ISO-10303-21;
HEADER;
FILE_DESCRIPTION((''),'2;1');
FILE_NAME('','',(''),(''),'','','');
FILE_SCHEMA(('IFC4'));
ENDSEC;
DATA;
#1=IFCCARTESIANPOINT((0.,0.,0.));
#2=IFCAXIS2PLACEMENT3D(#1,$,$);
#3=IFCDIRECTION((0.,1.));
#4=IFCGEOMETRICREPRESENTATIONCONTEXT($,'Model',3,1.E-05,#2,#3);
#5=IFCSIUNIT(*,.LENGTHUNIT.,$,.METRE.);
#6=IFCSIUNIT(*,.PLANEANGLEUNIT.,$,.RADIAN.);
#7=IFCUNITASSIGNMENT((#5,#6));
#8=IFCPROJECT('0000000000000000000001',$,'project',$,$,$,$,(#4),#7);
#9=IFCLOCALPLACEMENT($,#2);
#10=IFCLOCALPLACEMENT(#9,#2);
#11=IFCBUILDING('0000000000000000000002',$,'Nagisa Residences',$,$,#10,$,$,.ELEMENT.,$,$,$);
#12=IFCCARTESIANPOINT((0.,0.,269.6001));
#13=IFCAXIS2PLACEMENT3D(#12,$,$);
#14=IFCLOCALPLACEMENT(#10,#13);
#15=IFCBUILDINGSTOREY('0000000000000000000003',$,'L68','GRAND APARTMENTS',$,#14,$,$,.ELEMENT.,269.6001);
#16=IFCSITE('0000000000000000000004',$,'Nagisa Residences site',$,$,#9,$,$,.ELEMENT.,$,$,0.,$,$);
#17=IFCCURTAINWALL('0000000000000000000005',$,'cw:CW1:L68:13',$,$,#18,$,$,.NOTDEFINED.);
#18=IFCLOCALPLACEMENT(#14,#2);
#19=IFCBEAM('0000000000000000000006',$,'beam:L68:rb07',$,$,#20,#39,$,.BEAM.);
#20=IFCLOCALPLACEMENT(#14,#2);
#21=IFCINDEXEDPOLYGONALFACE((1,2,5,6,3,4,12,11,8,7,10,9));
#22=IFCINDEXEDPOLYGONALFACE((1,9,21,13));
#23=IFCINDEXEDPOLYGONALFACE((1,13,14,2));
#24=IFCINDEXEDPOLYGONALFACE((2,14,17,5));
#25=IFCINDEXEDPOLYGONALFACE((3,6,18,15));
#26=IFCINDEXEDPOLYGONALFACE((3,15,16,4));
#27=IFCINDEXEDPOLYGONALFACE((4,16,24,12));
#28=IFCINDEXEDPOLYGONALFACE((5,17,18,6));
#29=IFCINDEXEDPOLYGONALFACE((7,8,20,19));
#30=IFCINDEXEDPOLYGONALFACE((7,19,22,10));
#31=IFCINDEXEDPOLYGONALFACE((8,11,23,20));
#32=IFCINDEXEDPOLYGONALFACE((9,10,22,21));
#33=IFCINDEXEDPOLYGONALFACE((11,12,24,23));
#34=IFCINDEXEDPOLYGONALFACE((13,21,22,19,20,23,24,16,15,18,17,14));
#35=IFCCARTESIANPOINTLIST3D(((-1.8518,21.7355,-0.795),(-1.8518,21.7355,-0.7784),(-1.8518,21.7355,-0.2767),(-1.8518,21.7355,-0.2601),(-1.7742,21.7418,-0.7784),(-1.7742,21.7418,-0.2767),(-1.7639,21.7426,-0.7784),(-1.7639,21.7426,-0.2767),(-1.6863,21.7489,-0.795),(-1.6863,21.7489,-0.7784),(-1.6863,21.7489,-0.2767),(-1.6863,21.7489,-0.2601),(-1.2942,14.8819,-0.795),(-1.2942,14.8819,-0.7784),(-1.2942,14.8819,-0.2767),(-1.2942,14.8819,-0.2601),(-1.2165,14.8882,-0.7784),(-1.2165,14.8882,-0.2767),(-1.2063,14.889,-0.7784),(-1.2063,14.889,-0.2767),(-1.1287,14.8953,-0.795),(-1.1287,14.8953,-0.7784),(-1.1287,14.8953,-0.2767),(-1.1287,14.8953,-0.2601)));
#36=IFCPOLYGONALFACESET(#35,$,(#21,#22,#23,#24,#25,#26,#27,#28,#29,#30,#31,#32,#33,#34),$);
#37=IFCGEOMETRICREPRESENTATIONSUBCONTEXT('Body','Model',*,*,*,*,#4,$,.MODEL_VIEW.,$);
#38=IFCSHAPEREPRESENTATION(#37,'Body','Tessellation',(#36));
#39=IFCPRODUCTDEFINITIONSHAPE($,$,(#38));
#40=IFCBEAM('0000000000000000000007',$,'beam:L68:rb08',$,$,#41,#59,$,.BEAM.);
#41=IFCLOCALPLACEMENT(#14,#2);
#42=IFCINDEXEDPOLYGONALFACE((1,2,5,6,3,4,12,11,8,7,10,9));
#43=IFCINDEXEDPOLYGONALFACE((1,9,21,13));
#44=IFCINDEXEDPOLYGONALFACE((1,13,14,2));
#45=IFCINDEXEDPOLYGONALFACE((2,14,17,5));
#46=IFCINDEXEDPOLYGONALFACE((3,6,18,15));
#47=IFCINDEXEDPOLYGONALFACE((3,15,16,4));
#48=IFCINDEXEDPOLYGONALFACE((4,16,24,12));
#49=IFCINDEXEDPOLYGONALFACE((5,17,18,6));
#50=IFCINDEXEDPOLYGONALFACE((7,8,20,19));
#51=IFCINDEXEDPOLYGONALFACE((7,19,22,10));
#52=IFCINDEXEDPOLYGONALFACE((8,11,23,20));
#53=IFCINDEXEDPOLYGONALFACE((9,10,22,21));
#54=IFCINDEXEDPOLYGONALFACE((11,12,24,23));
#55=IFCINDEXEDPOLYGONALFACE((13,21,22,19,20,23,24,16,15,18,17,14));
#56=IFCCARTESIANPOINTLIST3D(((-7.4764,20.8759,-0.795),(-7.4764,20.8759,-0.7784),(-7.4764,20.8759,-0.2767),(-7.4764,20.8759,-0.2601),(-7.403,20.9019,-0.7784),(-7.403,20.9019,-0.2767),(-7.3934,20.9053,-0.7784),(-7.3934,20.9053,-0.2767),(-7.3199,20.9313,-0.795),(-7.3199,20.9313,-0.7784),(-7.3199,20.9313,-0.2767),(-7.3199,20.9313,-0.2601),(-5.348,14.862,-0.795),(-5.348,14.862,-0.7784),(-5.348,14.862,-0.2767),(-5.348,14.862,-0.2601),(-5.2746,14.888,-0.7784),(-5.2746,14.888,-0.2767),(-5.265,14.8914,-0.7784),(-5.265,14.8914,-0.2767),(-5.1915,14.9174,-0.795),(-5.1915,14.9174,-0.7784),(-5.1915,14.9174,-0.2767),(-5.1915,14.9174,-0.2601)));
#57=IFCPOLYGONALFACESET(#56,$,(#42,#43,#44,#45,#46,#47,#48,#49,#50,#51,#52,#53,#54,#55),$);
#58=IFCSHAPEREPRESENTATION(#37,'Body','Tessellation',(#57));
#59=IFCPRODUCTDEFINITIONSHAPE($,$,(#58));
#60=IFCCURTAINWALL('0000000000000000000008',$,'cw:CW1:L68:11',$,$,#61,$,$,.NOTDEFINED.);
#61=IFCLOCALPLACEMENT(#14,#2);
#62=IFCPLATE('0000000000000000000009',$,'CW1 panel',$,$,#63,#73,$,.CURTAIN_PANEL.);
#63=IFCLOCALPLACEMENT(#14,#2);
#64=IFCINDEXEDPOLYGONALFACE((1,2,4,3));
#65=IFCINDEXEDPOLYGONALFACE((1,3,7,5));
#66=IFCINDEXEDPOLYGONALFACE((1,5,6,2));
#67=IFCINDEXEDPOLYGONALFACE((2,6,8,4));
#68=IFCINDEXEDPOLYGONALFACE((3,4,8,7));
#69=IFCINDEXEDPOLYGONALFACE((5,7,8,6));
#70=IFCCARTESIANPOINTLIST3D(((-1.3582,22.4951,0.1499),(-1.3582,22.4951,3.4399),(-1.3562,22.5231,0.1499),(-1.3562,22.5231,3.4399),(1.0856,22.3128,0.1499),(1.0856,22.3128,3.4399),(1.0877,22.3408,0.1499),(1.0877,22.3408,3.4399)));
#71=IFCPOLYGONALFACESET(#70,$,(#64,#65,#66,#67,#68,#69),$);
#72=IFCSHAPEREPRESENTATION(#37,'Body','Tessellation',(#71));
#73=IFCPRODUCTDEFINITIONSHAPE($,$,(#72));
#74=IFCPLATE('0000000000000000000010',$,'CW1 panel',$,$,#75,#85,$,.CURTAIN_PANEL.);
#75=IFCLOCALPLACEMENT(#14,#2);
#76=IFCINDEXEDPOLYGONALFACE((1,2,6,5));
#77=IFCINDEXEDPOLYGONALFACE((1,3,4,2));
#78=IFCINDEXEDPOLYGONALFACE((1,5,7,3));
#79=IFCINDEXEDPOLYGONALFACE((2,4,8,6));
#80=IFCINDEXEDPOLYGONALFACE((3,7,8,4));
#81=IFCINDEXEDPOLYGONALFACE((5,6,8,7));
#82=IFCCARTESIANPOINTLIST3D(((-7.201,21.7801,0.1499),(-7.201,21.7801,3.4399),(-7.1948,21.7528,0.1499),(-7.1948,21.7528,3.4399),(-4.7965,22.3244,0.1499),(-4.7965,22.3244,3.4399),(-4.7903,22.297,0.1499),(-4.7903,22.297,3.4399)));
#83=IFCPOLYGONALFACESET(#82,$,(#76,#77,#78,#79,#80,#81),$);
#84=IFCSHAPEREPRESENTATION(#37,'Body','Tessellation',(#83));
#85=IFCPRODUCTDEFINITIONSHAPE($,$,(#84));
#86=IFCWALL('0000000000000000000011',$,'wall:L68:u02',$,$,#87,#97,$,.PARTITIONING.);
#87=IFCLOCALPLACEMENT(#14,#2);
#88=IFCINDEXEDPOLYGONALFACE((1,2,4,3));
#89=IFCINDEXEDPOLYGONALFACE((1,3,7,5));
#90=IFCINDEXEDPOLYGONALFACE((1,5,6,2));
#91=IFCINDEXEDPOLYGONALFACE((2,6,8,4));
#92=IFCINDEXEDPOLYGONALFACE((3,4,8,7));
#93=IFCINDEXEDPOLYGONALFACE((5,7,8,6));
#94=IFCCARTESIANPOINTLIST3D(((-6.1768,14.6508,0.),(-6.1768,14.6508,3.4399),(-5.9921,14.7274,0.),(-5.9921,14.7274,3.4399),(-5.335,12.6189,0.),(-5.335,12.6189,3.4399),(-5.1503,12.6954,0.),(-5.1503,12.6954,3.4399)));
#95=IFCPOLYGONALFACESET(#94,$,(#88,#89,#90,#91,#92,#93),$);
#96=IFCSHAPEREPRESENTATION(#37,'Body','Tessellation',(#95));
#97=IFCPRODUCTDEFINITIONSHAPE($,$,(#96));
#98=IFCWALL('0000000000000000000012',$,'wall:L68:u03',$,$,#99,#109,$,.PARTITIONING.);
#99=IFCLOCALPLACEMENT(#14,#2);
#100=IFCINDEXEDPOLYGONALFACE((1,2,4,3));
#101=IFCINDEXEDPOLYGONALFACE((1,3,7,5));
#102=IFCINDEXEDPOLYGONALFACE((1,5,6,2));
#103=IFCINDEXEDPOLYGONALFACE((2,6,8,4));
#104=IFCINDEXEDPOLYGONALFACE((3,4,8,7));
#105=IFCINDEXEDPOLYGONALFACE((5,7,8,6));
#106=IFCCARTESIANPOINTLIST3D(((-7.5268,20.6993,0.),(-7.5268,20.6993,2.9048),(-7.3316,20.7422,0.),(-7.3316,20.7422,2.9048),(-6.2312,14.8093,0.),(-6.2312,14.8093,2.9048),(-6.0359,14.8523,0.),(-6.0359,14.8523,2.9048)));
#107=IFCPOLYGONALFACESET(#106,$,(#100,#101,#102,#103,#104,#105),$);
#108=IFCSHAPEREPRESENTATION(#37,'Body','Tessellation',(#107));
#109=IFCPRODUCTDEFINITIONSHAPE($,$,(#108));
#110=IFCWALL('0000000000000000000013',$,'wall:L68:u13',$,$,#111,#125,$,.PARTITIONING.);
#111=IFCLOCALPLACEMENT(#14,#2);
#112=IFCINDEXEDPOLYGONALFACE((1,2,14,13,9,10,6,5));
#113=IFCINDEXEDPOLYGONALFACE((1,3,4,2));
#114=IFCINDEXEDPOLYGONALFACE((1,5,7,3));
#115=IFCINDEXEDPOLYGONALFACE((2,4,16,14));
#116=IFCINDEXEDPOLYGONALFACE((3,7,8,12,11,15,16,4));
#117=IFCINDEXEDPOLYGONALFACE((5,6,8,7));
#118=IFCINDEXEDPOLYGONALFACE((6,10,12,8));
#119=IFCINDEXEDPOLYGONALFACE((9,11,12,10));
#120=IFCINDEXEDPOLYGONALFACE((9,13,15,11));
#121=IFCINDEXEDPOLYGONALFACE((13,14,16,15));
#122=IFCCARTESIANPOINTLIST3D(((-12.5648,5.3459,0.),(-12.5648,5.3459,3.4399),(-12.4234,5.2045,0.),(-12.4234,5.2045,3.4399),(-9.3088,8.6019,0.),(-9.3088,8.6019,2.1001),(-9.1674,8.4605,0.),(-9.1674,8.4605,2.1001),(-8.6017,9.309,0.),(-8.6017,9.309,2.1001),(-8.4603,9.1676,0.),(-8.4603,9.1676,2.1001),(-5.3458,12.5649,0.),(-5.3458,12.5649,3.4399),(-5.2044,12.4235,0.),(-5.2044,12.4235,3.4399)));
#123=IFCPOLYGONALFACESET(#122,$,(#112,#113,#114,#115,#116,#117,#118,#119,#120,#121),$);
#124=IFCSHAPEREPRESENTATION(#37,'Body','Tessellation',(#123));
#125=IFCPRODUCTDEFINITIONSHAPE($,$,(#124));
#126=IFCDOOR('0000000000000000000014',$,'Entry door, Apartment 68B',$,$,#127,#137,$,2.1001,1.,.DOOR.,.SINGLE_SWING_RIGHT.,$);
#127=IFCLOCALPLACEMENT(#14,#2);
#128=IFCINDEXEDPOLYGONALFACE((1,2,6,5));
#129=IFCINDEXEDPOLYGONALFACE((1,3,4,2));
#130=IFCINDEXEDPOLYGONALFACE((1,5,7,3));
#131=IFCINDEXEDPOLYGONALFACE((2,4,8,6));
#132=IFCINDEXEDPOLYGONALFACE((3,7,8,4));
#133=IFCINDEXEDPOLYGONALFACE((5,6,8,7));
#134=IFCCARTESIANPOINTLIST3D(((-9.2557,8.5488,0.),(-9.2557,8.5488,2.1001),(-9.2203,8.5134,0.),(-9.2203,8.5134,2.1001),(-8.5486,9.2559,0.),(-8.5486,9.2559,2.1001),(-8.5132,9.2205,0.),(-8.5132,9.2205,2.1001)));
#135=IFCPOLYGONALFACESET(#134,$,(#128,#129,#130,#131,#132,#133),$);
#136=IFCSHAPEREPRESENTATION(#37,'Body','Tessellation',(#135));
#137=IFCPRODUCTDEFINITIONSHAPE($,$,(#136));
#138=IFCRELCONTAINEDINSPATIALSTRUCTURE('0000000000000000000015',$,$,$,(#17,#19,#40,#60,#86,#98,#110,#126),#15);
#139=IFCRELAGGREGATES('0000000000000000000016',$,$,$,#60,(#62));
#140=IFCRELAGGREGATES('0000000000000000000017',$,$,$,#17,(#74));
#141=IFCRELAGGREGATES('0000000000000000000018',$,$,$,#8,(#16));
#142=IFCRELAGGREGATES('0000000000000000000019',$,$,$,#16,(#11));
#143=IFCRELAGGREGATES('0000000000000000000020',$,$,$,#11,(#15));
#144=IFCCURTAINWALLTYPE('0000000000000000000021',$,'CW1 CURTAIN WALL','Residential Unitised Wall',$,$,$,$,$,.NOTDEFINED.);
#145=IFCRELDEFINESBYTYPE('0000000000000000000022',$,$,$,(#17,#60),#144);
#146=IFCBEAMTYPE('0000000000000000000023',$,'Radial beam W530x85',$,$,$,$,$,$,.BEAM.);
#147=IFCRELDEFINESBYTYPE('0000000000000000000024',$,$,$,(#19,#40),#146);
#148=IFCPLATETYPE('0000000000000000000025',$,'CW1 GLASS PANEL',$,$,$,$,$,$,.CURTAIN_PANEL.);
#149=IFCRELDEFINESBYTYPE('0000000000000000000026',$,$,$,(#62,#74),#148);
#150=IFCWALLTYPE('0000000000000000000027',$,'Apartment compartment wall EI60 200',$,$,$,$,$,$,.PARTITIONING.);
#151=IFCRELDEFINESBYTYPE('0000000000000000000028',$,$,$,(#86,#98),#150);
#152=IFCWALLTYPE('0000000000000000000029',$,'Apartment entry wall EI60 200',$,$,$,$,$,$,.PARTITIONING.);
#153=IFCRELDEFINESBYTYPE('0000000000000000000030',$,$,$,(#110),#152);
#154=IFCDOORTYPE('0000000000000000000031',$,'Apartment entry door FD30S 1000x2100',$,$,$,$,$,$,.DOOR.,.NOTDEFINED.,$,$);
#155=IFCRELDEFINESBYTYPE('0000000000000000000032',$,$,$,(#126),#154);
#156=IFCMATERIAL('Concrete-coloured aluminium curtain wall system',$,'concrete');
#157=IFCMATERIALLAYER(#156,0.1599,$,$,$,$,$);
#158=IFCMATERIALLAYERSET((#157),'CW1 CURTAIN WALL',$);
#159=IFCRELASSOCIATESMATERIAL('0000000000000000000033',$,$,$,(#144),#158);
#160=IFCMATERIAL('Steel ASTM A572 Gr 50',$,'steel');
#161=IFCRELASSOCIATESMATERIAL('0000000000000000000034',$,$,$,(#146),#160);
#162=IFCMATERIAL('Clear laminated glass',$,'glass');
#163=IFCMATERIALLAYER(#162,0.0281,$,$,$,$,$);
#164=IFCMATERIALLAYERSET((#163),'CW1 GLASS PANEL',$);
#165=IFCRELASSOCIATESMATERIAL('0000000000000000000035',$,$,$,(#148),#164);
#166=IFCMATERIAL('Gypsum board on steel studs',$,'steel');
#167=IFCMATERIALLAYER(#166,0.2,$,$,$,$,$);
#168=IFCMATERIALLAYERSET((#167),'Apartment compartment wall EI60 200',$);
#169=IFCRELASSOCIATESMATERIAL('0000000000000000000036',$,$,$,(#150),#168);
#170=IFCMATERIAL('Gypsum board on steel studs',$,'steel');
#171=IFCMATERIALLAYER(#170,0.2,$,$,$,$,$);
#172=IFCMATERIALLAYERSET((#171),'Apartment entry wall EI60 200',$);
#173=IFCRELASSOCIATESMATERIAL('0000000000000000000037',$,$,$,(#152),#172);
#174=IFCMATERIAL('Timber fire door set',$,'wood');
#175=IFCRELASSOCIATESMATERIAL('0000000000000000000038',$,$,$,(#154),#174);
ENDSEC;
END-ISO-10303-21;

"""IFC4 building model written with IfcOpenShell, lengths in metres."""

from ifc_helpers import new_model, si_unit, direction, frame, frame_2d, origin, origin_2d, place, context, subcontext, project, spatial, rectangle, i_section, extrude, material, layer, layer_set, material_profile, profile_set, type_object, element, fill, aggregate, save


model = new_model("IFC4")

# Units and contexts
model_context = context("Model", 3, precision=1e-05, world=origin(), true_north=direction((0.0, 1.0)))
body_context = subcontext(model_context, "Body", "Model", "MODEL_VIEW")
ifc_project = project(units=[si_unit("LENGTHUNIT", "METRE"), si_unit("PLANEANGLEUNIT", "RADIAN")], contexts=[model_context])

# Site, building, storey
site_placement = place(None, origin())
site = spatial("IfcSite", under=ifc_project, at=site_placement, Name="Nagisa Residences site", CompositionType="ELEMENT", RefElevation=0.0)
building_placement = place(site_placement, origin())
building = spatial("IfcBuilding", under=site, at=building_placement, Name="Nagisa Residences", CompositionType="ELEMENT")
storey_placement = place(building_placement, frame((0.0, 0.0, 269.6001)))
storey = spatial("IfcBuildingStorey", under=building, at=storey_placement, Name="L68", Description="GRAND APARTMENTS", CompositionType="ELEMENT", Elevation=269.6001)

# Curtain wall
ifc_material_1 = material(Name="Concrete-coloured aluminium curtain wall system", Category="concrete")
ifc_layer_1 = layer(ifc_material_1, 0.1599)
ifc_layer_set_1 = layer_set([ifc_layer_1], Name="CW1 CURTAIN WALL")
curtain_wall_type = type_object("IfcCurtainWallType", Name="CW1 CURTAIN WALL", Description="Residential Unitised Wall", PredefinedType="NOTDEFINED", material=ifc_layer_set_1)
curtain_wall_1_placement = place(storey_placement, origin())
curtain_wall_1 = element("IfcCurtainWall", 1, at=curtain_wall_1_placement, inside=storey, type_object=curtain_wall_type, Name="cw:CW1:L68:13", PredefinedType="NOTDEFINED")

# Beams
ifc_material_2 = material(Name="Steel ASTM A572 Gr 50", Category="steel")
ifc_material_profile_1 = material_profile(ifc_material_2, i_section(OverallWidth=0.166, OverallDepth=0.5349, WebThickness=0.0103, FlangeThickness=0.0166, at=origin_2d()), Name="W530x85")
ifc_profile_set_1 = profile_set([ifc_material_profile_1], Name="Steel ASTM A572 Gr 50")
beam_type_1 = type_object("IfcBeamType", Name="Radial beam W530x85", PredefinedType="BEAM", material=ifc_profile_set_1)
beam_1_placement = place(storey_placement, frame((-1.769, 21.7422, -0.5276), z_axis=(0.081094, -0.996706, 0.0), x_axis=(0.996706, 0.081094, 0.0)))
element("IfcBeam", 2, at=beam_1_placement, inside=storey, type_object=beam_type_1, Name="beam:L68:rb07", PredefinedType="BEAM", context=body_context, shape_type="SweptSolid", body=[
    extrude(i_section(OverallWidth=0.166, OverallDepth=0.5349, WebThickness=0.0103, FlangeThickness=0.0166, at=origin_2d()), origin(), (0.0, 0.0, 1.0), 6.8762),
])
beam_2_placement = place(storey_placement, frame((-7.3982, 20.9036, -0.5276), z_axis=(0.333637, -0.942702, 0.0), x_axis=(0.942702, 0.333637, 0.0)))
element("IfcBeam", 3, at=beam_2_placement, inside=storey, type_object=beam_type_1, Name="beam:L68:rb08", PredefinedType="BEAM", context=body_context, shape_type="SweptSolid", body=[
    extrude(i_section(OverallWidth=0.166, OverallDepth=0.5349, WebThickness=0.0103, FlangeThickness=0.0166, at=origin_2d()), origin(), (0.0, 0.0, 1.0), 6.3794),
])

# Curtain wall, plate
curtain_wall_2_placement = place(storey_placement, origin())
curtain_wall_2 = element("IfcCurtainWall", 4, at=curtain_wall_2_placement, inside=storey, type_object=curtain_wall_type, Name="cw:CW1:L68:11", PredefinedType="NOTDEFINED")
ifc_material_3 = material(Name="Clear laminated glass", Category="glass")
ifc_layer_2 = layer(ifc_material_3, 0.0281)
ifc_layer_set_2 = layer_set([ifc_layer_2], Name="CW1 GLASS PANEL")
plate_type = type_object("IfcPlateType", Name="CW1 GLASS PANEL", PredefinedType="CURTAIN_PANEL", material=ifc_layer_set_2)
plate_1_placement = place(storey_placement, frame((-0.1353, 22.418, 0.1499), z_axis=(0.0, 0.0, 1.0), x_axis=(-0.99723, 0.074377, 0.0)))
plate_1 = element("IfcPlate", 5, at=plate_1_placement, type_object=plate_type, Name="CW1 panel", PredefinedType="CURTAIN_PANEL", context=body_context, shape_type="SweptSolid", body=[
    extrude(rectangle(XDim=2.4507, YDim=0.0281, at=origin_2d()), origin(), (0.0, 0.0, 1.0), 3.29),
])
aggregate(curtain_wall_2, [plate_1])

# Plate
plate_2_placement = place(storey_placement, frame((-5.9956, 22.0386, 0.1499), z_axis=(0.0, 0.0, 1.0), x_axis=(-0.975327, -0.220764, 0.0)))
plate_2 = element("IfcPlate", 6, at=plate_2_placement, type_object=plate_type, Name="CW1 panel", PredefinedType="CURTAIN_PANEL", context=body_context, shape_type="SweptSolid", body=[
    extrude(rectangle(XDim=2.4653, YDim=0.0281, at=origin_2d()), origin(), (0.0, 0.0, 1.0), 3.29),
])
aggregate(curtain_wall_1, [plate_2])

# Walls
ifc_material_4 = material(Name="Gypsum board on steel studs", Category="steel")
ifc_layer_3 = layer(ifc_material_4, 0.2)
ifc_layer_set_3 = layer_set([ifc_layer_3], Name="Apartment compartment wall EI60 200")
wall_type_1 = type_object("IfcWallType", Name="Apartment compartment wall EI60 200", PredefinedType="PARTITIONING", material=ifc_layer_set_3)
wall_1_placement = place(storey_placement, frame((-5.2427, 12.6572, 0.0), z_axis=(0.0, 0.0, 1.0), x_axis=(-0.382731, 0.92386, 0.0)))
element("IfcWall", 7, at=wall_1_placement, inside=storey, type_object=wall_type_1, Name="wall:L68:u02", PredefinedType="PARTITIONING", context=body_context, shape_type="SweptSolid", body=[
    extrude(rectangle(XDim=2.1995, YDim=0.2, at=frame_2d((1.0996, 0.0))), origin(), (0.0, 0.0, 1.0), 3.4399),
])
wall_2_placement = place(storey_placement, frame((-6.1335, 14.8308, 0.0), z_axis=(0.0, 0.0, 1.0), x_axis=(-0.214842, 0.976649, 0.0)))
element("IfcWall", 8, at=wall_2_placement, inside=storey, type_object=wall_type_1, Name="wall:L68:u03", PredefinedType="PARTITIONING", context=body_context, shape_type="SweptSolid", body=[
    extrude(rectangle(XDim=6.0308, YDim=0.2, at=frame_2d((3.0154, 0.0))), origin(), (0.0, 0.0, 1.0), 2.9048),
])

# Wall, opening, door
ifc_material_5 = material(Name="Gypsum board on steel studs", Category="steel")
ifc_layer_4 = layer(ifc_material_5, 0.2)
ifc_layer_set_4 = layer_set([ifc_layer_4], Name="Apartment entry wall EI60 200")
wall_type_2 = type_object("IfcWallType", Name="Apartment entry wall EI60 200", PredefinedType="PARTITIONING", material=ifc_layer_set_4)
wall_3_placement = place(storey_placement, frame((-5.2751, 12.4941, 0.0), z_axis=(0.0, 0.0, 1.0), x_axis=(-0.707107, -0.707107, 0.0)))
wall_3 = element("IfcWall", 9, at=wall_3_placement, inside=storey, type_object=wall_type_2, Name="wall:L68:u13", PredefinedType="PARTITIONING", context=body_context, shape_type="SweptSolid", body=[
    extrude(rectangle(XDim=10.2092, YDim=0.2, at=frame_2d((5.1045, 0.0))), origin(), (0.0, 0.0, 1.0), 3.4399),
])
opening_1_placement = place(wall_3_placement, frame((4.6045, 0.0, 0.0)))
opening_1 = element("IfcOpeningElement", 10, at=opening_1_placement, cuts=wall_3, PredefinedType="OPENING", context=body_context, shape_type="SweptSolid", body=[
    extrude(rectangle(XDim=1.0, YDim=2.1001, at=frame_2d((0.5, 1.05))), frame((0.0, 0.1099, 0.0), z_axis=(0.0, -1.0, 0.0), x_axis=(1.0, 0.0, 0.0)), (0.0, 0.0, 1.0), 0.22),
])
ifc_material_6 = material(Name="Timber fire door set", Category="wood")
door_type_1 = type_object("IfcDoorType", Name="Apartment entry door FD30S 1000x2100", OperationType="NOTDEFINED", PredefinedType="DOOR", material=ifc_material_6)
door_1_placement = place(opening_1_placement, frame((1.0, 0.0, 0.0), x_axis=(-1.0, 0.0, 0.0)))
door_1 = element("IfcDoor", 11, at=door_1_placement, inside=storey, type_object=door_type_1, Name="Entry door, Apartment 68B", OperationType="SINGLE_SWING_RIGHT", OverallHeight=2.1001, OverallWidth=1.0, PredefinedType="DOOR", context=body_context, shape_type="SweptSolid", body=[
    extrude(rectangle(XDim=1.0, YDim=2.1001, at=frame_2d((0.5, 1.05))), frame((0.0, 0.0249, 0.0), z_axis=(0.0, -1.0, 0.0), x_axis=(1.0, 0.0, 0.0)), (0.0, 0.0, 1.0), 0.05),
])
fill(opening_1, door_1)

save(model, "model.ifc")
